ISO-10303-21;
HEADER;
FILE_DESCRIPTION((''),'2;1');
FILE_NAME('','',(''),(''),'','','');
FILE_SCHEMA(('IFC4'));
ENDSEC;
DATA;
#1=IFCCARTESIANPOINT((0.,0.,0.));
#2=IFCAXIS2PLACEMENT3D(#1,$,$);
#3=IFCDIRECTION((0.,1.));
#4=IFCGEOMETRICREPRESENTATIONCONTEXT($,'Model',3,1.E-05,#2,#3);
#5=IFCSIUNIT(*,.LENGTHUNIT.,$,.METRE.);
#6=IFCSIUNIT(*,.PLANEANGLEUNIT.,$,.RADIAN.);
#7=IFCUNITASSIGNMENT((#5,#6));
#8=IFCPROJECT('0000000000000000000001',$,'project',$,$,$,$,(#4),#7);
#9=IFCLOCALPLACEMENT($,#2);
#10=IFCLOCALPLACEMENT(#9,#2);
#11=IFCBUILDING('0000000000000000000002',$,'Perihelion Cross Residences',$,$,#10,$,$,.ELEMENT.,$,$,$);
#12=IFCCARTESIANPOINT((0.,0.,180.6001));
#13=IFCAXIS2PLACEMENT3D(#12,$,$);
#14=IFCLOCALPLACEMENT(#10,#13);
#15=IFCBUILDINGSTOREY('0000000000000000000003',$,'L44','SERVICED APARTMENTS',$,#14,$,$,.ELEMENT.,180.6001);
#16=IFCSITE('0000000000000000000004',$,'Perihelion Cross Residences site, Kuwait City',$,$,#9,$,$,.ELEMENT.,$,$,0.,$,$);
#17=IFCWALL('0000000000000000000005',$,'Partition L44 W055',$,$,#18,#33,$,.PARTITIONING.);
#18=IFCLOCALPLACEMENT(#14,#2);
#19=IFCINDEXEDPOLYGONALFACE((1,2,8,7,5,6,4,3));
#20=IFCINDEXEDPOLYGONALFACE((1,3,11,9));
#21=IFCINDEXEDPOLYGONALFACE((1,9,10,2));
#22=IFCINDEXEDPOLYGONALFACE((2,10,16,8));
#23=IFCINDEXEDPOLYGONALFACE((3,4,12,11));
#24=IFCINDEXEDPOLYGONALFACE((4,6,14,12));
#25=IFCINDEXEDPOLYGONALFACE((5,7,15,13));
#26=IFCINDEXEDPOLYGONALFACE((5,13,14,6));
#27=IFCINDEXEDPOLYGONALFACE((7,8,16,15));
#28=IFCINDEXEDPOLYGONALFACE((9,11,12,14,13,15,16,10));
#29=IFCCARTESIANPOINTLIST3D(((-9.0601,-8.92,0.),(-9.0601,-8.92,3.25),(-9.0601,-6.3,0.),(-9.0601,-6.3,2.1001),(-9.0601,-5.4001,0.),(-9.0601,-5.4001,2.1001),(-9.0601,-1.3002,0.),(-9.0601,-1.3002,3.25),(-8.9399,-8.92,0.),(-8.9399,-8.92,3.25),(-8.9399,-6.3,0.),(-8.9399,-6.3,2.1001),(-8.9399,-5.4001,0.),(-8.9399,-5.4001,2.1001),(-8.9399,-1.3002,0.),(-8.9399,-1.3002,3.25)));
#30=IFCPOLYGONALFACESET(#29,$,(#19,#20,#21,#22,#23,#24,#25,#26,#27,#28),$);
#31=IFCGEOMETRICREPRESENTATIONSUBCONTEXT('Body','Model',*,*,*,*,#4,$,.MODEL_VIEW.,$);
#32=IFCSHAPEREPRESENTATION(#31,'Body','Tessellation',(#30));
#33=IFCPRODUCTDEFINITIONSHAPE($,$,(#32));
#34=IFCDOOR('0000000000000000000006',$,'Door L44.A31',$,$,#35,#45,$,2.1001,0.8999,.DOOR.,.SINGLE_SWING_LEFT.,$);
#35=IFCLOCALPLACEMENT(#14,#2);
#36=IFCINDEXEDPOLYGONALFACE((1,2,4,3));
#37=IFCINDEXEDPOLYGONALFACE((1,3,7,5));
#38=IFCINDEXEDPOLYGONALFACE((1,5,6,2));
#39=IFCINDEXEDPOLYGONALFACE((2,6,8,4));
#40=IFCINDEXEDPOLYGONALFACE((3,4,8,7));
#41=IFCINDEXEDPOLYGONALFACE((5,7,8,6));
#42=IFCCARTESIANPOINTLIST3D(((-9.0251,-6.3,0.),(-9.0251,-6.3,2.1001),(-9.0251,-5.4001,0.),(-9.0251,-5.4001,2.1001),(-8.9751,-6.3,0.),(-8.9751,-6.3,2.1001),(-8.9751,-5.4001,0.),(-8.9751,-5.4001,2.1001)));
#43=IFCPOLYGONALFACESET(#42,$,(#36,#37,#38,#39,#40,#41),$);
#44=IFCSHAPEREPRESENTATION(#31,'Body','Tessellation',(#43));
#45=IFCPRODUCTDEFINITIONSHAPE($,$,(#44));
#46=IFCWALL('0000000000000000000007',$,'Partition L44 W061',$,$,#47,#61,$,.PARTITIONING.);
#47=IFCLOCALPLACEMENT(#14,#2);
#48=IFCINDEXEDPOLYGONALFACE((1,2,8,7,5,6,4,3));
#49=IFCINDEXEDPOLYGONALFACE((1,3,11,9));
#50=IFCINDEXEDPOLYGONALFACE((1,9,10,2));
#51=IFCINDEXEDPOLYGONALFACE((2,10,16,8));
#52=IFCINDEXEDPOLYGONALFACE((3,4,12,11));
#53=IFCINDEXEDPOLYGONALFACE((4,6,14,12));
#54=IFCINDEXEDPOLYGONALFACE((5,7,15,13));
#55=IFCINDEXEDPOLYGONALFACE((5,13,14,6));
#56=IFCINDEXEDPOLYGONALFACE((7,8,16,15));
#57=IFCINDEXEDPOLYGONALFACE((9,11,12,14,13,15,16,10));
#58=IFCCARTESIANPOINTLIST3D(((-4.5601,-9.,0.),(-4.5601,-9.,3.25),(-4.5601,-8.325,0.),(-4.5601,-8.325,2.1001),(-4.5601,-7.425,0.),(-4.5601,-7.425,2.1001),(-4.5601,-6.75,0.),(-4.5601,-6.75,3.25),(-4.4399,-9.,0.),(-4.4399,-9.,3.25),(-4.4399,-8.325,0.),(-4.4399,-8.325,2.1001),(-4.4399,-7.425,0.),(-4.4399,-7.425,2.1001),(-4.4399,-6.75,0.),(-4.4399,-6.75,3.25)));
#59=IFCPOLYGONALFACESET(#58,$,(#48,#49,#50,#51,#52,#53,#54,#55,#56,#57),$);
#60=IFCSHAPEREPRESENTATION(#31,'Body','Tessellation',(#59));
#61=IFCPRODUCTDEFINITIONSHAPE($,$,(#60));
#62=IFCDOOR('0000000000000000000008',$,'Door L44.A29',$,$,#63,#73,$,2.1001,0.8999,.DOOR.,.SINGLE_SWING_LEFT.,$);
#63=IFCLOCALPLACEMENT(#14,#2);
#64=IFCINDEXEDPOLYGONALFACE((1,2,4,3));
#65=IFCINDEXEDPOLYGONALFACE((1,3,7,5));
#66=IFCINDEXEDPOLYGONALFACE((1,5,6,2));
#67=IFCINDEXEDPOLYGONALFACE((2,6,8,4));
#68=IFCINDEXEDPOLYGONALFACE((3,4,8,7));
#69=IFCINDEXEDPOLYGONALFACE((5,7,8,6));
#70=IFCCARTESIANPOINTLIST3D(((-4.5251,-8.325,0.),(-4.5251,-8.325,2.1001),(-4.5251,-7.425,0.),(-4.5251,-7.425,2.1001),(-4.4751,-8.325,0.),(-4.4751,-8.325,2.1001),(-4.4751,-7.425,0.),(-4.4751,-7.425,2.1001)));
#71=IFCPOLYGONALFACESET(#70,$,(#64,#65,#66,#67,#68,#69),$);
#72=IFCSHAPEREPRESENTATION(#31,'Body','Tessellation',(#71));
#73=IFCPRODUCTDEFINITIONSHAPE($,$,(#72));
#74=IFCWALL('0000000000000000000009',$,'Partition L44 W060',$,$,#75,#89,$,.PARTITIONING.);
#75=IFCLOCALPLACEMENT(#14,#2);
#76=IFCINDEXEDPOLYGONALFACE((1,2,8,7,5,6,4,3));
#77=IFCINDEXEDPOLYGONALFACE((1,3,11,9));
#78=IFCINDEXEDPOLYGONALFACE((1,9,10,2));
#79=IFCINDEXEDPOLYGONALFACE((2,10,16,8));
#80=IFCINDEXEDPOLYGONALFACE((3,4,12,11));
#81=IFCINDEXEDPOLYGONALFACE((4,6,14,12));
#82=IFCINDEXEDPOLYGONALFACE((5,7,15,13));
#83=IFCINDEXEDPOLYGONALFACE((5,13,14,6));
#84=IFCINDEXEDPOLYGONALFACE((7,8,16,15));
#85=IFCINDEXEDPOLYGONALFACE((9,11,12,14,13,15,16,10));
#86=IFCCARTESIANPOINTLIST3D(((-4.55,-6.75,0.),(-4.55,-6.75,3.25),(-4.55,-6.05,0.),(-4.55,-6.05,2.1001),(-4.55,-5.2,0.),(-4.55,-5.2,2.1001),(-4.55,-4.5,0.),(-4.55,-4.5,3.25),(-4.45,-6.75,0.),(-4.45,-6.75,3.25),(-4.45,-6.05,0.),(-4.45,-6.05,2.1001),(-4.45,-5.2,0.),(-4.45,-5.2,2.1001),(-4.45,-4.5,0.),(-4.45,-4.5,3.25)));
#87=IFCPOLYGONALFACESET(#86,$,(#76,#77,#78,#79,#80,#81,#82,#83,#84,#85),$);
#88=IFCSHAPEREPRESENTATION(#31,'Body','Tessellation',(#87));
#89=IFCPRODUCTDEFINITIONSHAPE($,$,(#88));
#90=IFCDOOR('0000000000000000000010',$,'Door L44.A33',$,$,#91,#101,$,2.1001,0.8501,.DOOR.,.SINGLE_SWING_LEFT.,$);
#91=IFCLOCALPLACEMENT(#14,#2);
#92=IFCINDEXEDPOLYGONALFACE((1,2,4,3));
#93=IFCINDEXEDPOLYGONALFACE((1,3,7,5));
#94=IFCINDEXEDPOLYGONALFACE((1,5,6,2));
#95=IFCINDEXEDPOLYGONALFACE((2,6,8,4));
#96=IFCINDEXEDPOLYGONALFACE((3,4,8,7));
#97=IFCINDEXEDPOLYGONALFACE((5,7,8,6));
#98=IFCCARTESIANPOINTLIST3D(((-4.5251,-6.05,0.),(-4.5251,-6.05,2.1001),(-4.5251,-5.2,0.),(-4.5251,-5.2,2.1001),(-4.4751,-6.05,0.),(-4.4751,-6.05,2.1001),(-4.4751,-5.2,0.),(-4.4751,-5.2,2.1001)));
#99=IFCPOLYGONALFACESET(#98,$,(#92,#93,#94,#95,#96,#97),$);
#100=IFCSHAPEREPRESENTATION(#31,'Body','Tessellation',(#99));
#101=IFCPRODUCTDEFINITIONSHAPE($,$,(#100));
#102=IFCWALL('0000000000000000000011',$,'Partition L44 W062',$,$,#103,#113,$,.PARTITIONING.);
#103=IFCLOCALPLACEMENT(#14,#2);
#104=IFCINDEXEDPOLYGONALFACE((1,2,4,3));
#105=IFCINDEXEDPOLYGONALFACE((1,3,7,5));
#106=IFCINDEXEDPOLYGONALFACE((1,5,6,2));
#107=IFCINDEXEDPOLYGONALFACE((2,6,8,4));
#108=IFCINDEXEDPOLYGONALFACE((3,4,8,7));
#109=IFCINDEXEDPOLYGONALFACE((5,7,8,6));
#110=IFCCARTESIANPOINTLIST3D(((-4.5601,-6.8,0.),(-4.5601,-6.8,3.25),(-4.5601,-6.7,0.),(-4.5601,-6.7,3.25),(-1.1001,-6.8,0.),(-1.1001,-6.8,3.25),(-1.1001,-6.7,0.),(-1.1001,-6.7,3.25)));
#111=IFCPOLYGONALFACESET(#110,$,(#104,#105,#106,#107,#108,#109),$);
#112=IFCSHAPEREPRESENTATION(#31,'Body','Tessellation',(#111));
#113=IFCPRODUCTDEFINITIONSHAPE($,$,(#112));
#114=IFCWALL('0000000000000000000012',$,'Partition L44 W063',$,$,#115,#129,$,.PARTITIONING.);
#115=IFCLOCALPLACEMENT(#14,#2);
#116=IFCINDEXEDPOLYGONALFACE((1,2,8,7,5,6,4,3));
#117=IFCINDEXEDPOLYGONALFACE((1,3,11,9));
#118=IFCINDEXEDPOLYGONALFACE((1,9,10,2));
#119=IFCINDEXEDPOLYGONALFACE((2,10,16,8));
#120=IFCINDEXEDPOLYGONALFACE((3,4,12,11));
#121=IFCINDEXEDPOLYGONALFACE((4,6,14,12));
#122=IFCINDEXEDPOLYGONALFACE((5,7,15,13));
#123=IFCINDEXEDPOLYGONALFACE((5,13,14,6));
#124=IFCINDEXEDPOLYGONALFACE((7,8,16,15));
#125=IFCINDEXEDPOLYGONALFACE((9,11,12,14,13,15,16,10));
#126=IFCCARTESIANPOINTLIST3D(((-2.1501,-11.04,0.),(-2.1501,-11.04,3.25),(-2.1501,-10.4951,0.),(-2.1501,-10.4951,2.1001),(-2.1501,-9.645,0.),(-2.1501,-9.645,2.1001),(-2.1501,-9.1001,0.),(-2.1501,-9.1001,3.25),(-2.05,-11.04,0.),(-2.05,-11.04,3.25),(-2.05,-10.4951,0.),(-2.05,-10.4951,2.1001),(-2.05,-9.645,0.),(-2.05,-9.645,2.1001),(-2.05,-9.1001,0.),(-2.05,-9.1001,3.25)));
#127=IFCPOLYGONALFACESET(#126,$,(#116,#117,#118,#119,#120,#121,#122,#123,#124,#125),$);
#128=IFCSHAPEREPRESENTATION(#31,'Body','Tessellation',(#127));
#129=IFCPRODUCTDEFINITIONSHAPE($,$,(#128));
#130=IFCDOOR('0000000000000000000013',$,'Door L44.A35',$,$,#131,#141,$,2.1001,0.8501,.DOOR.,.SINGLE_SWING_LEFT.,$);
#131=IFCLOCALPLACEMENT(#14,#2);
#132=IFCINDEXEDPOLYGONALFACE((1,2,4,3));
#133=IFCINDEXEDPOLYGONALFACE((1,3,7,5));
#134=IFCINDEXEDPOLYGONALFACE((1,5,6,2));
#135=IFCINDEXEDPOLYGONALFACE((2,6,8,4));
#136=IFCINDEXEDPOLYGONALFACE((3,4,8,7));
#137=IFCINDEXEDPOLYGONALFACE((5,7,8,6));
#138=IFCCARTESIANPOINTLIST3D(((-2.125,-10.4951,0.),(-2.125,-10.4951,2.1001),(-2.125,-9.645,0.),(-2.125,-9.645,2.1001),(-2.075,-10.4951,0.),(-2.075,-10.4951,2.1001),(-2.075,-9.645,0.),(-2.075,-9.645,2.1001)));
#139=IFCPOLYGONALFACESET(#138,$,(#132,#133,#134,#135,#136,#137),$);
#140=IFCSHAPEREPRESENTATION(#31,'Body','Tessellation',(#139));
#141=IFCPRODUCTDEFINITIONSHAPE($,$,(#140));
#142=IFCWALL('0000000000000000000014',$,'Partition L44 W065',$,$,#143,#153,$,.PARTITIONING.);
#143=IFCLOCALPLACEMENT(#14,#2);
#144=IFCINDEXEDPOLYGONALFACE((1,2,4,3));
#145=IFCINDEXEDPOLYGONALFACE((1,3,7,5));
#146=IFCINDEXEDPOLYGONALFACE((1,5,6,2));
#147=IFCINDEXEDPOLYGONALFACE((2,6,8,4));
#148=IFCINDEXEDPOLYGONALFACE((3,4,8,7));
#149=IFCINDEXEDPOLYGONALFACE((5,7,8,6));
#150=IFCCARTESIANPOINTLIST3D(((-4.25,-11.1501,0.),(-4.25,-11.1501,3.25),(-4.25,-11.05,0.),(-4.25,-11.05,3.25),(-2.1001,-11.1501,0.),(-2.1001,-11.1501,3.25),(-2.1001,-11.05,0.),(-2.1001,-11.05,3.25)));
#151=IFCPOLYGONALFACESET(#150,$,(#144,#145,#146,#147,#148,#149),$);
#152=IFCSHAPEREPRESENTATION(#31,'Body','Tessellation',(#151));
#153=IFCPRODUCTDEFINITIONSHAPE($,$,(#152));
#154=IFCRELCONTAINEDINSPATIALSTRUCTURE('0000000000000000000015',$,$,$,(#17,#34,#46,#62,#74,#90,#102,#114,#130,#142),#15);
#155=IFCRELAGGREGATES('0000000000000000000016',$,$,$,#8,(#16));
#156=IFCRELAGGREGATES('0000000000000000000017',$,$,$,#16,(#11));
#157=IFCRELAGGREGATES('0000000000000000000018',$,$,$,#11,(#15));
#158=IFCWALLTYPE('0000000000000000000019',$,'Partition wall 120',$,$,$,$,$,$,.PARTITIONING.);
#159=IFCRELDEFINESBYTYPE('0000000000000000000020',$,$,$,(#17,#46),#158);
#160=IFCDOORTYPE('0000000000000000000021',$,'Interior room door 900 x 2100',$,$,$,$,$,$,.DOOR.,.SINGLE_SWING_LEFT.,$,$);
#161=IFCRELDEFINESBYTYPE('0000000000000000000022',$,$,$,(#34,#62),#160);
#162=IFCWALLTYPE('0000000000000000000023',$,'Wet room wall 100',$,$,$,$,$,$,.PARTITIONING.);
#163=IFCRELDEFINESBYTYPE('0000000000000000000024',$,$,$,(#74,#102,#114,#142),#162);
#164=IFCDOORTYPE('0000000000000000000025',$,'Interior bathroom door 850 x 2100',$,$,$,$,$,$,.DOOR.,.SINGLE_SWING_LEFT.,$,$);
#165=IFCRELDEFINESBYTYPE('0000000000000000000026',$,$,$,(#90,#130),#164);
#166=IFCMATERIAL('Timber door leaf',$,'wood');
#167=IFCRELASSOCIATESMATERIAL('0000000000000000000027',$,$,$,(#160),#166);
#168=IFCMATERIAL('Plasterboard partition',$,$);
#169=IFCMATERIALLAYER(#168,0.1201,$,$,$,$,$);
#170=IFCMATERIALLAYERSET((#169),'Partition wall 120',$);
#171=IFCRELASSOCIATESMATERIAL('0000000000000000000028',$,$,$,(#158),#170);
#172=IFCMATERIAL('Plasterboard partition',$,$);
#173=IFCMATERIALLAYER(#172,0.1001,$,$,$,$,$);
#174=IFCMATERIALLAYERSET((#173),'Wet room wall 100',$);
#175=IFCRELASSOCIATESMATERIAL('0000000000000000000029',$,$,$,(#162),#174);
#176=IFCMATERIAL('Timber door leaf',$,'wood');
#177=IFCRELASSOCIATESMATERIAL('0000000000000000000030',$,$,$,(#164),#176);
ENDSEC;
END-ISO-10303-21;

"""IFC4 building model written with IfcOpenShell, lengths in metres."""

from ifc_helpers import new_model, si_unit, direction, frame, frame_2d, origin, place, context, subcontext, project, spatial, rectangle, extrude, material, layer, layer_set, type_object, element, fill, save


model = new_model("IFC4")

# Units and contexts
model_context = context("Model", 3, precision=1e-05, world=origin(), true_north=direction((0.0, 1.0)))
body_context = subcontext(model_context, "Body", "Model", "MODEL_VIEW")
ifc_project = project(units=[si_unit("LENGTHUNIT", "METRE"), si_unit("PLANEANGLEUNIT", "RADIAN")], contexts=[model_context])

# Site, building, storey
site_placement = place(None, origin())
site = spatial("IfcSite", under=ifc_project, at=site_placement, Name="Perihelion Cross Residences site, Kuwait City", CompositionType="ELEMENT", RefElevation=0.0)
building_placement = place(site_placement, origin())
building = spatial("IfcBuilding", under=site, at=building_placement, Name="Perihelion Cross Residences", CompositionType="ELEMENT")
storey_placement = place(building_placement, frame((0.0, 0.0, 180.6001)))
storey = spatial("IfcBuildingStorey", under=building, at=storey_placement, Name="L44", Description="SERVICED APARTMENTS", CompositionType="ELEMENT", Elevation=180.6001)

# Shared definitions
ifc_material_1 = material(Name="Timber door leaf", Category="wood")
door_type_1 = type_object("IfcDoorType", Name="Interior room door 900 x 2100", OperationType="SINGLE_SWING_LEFT", PredefinedType="DOOR", material=ifc_material_1)

# Shared definitions
ifc_material_2 = material(Name="Plasterboard partition")
ifc_layer_1 = layer(ifc_material_2, 0.1201)
ifc_layer_set_1 = layer_set([ifc_layer_1], Name="Partition wall 120")
wall_type_1 = type_object("IfcWallType", Name="Partition wall 120", PredefinedType="PARTITIONING", material=ifc_layer_set_1)

# Walls, openings, doors
wall_1_placement = place(storey_placement, frame((-9.0, -1.3, 0.0), z_axis=(0.0, 0.0, 1.0), x_axis=(0.0, -1.0, 0.0)))
wall_1 = element("IfcWall", 1, at=wall_1_placement, inside=storey, type_object=wall_type_1, Name="Partition L44 W055", PredefinedType="PARTITIONING", context=body_context, shape_type="SweptSolid", body=[
    extrude(rectangle(XDim=7.6199, YDim=0.1201, at=frame_2d((3.8101, 0.0))), origin(), (0.0, 0.0, 1.0), 3.25),
])
opening_1_placement = place(wall_1_placement, frame((4.1001, 0.0, 0.0)))
opening_1 = element("IfcOpeningElement", 2, at=opening_1_placement, cuts=wall_1, PredefinedType="OPENING", context=body_context, shape_type="SweptSolid", body=[
    extrude(rectangle(XDim=0.8999, YDim=2.1001, at=frame_2d((0.45, 1.05))), frame((0.0, 0.0701, 0.0), z_axis=(0.0, -1.0, 0.0), x_axis=(1.0, 0.0, 0.0)), (0.0, 0.0, 1.0), 0.1401),
])
door_1_placement = place(opening_1_placement, origin())
door_1 = element("IfcDoor", 3, at=door_1_placement, inside=storey, type_object=door_type_1, Name="Door L44.A31", OperationType="SINGLE_SWING_LEFT", OverallHeight=2.1001, OverallWidth=0.8999, PredefinedType="DOOR", context=body_context, shape_type="SweptSolid", body=[
    extrude(rectangle(XDim=0.8999, YDim=2.1001, at=frame_2d((0.45, 1.05))), frame((0.0, 0.0249, 0.0), z_axis=(0.0, -1.0, 0.0), x_axis=(1.0, 0.0, 0.0)), (0.0, 0.0, 1.0), 0.05),
])
fill(opening_1, door_1)
wall_2_placement = place(storey_placement, frame((-4.5, -6.75, 0.0), z_axis=(0.0, 0.0, 1.0), x_axis=(0.0, -1.0, 0.0)))
wall_2 = element("IfcWall", 4, at=wall_2_placement, inside=storey, type_object=wall_type_1, Name="Partition L44 W061", PredefinedType="PARTITIONING", context=body_context, shape_type="SweptSolid", body=[
    extrude(rectangle(XDim=2.25, YDim=0.1201, at=frame_2d((1.125, 0.0))), origin(), (0.0, 0.0, 1.0), 3.25),
])
opening_2_placement = place(wall_2_placement, frame((0.675, 0.0, 0.0)))
opening_2 = element("IfcOpeningElement", 5, at=opening_2_placement, cuts=wall_2, PredefinedType="OPENING", context=body_context, shape_type="SweptSolid", body=[
    extrude(rectangle(XDim=0.8999, YDim=2.1001, at=frame_2d((0.45, 1.05))), frame((0.0, 0.0701, 0.0), z_axis=(0.0, -1.0, 0.0), x_axis=(1.0, 0.0, 0.0)), (0.0, 0.0, 1.0), 0.1401),
])
door_2_placement = place(opening_2_placement, origin())
door_2 = element("IfcDoor", 6, at=door_2_placement, inside=storey, type_object=door_type_1, Name="Door L44.A29", OperationType="SINGLE_SWING_LEFT", OverallHeight=2.1001, OverallWidth=0.8999, PredefinedType="DOOR", context=body_context, shape_type="SweptSolid", body=[
    extrude(rectangle(XDim=0.8999, YDim=2.1001, at=frame_2d((0.45, 1.05))), frame((0.0, 0.0249, 0.0), z_axis=(0.0, -1.0, 0.0), x_axis=(1.0, 0.0, 0.0)), (0.0, 0.0, 1.0), 0.05),
])
fill(opening_2, door_2)
ifc_material_3 = material(Name="Plasterboard partition")
ifc_layer_2 = layer(ifc_material_3, 0.1001)
ifc_layer_set_2 = layer_set([ifc_layer_2], Name="Wet room wall 100")
wall_type_2 = type_object("IfcWallType", Name="Wet room wall 100", PredefinedType="PARTITIONING", material=ifc_layer_set_2)
wall_3_placement = place(storey_placement, frame((-4.5, -4.5, 0.0), z_axis=(0.0, 0.0, 1.0), x_axis=(0.0, -1.0, 0.0)))
wall_3 = element("IfcWall", 7, at=wall_3_placement, inside=storey, type_object=wall_type_2, Name="Partition L44 W060", PredefinedType="PARTITIONING", context=body_context, shape_type="SweptSolid", body=[
    extrude(rectangle(XDim=2.25, YDim=0.1001, at=frame_2d((1.125, 0.0))), origin(), (0.0, 0.0, 1.0), 3.25),
])
opening_3_placement = place(wall_3_placement, frame((0.7, 0.0, 0.0)))
opening_3 = element("IfcOpeningElement", 8, at=opening_3_placement, cuts=wall_3, PredefinedType="OPENING", context=body_context, shape_type="SweptSolid", body=[
    extrude(rectangle(XDim=0.8501, YDim=2.1001, at=frame_2d((0.425, 1.05))), frame((0.0, 0.0601, 0.0), z_axis=(0.0, -1.0, 0.0), x_axis=(1.0, 0.0, 0.0)), (0.0, 0.0, 1.0), 0.1201),
])
ifc_material_4 = material(Name="Timber door leaf", Category="wood")
door_type_2 = type_object("IfcDoorType", Name="Interior bathroom door 850 x 2100", OperationType="SINGLE_SWING_LEFT", PredefinedType="DOOR", material=ifc_material_4)
door_3_placement = place(opening_3_placement, origin())
door_3 = element("IfcDoor", 9, at=door_3_placement, inside=storey, type_object=door_type_2, Name="Door L44.A33", OperationType="SINGLE_SWING_LEFT", OverallHeight=2.1001, OverallWidth=0.8501, PredefinedType="DOOR", context=body_context, shape_type="SweptSolid", body=[
    extrude(rectangle(XDim=0.8501, YDim=2.1001, at=frame_2d((0.425, 1.05))), frame((0.0, 0.0249, 0.0), z_axis=(0.0, -1.0, 0.0), x_axis=(1.0, 0.0, 0.0)), (0.0, 0.0, 1.0), 0.05),
])
fill(opening_3, door_3)

# Wall
wall_4_placement = place(storey_placement, frame((-1.1001, -6.75, 0.0), z_axis=(0.0, 0.0, 1.0), x_axis=(-1.0, 0.0, 0.0)))
element("IfcWall", 10, at=wall_4_placement, inside=storey, type_object=wall_type_2, Name="Partition L44 W062", PredefinedType="PARTITIONING", context=body_context, shape_type="SweptSolid", body=[
    extrude(rectangle(XDim=3.46, YDim=0.1001, at=frame_2d((1.73, 0.0))), origin(), (0.0, 0.0, 1.0), 3.25),
])

# Wall, opening, door
wall_5_placement = place(storey_placement, frame((-2.1001, -11.04, 0.0), z_axis=(0.0, 0.0, 1.0), x_axis=(0.0, 1.0, 0.0)))
wall_5 = element("IfcWall", 11, at=wall_5_placement, inside=storey, type_object=wall_type_2, Name="Partition L44 W063", PredefinedType="PARTITIONING", context=body_context, shape_type="SweptSolid", body=[
    extrude(rectangle(XDim=1.9399, YDim=0.1001, at=frame_2d((0.97, 0.0))), origin(), (0.0, 0.0, 1.0), 3.25),
])
opening_4_placement = place(wall_5_placement, frame((0.5449, 0.0, 0.0)))
opening_4 = element("IfcOpeningElement", 12, at=opening_4_placement, cuts=wall_5, PredefinedType="OPENING", context=body_context, shape_type="SweptSolid", body=[
    extrude(rectangle(XDim=0.8501, YDim=2.1001, at=frame_2d((0.425, 1.05))), frame((0.0, 0.0601, 0.0), z_axis=(0.0, -1.0, 0.0), x_axis=(1.0, 0.0, 0.0)), (0.0, 0.0, 1.0), 0.1201),
])
door_4_placement = place(opening_4_placement, origin())
door_4 = element("IfcDoor", 13, at=door_4_placement, inside=storey, type_object=door_type_2, Name="Door L44.A35", OperationType="SINGLE_SWING_LEFT", OverallHeight=2.1001, OverallWidth=0.8501, PredefinedType="DOOR", context=body_context, shape_type="SweptSolid", body=[
    extrude(rectangle(XDim=0.8501, YDim=2.1001, at=frame_2d((0.425, 1.05))), frame((0.0, 0.0249, 0.0), z_axis=(0.0, -1.0, 0.0), x_axis=(1.0, 0.0, 0.0)), (0.0, 0.0, 1.0), 0.05),
])
fill(opening_4, door_4)

# Wall
wall_6_placement = place(storey_placement, frame((-2.1001, -11.1001, 0.0), z_axis=(0.0, 0.0, 1.0), x_axis=(-1.0, 0.0, 0.0)))
element("IfcWall", 14, at=wall_6_placement, inside=storey, type_object=wall_type_2, Name="Partition L44 W065", PredefinedType="PARTITIONING", context=body_context, shape_type="SweptSolid", body=[
    extrude(rectangle(XDim=2.1499, YDim=0.1001, at=frame_2d((1.075, 0.0))), origin(), (0.0, 0.0, 1.0), 3.25),
])

save(model, "model.ifc")
